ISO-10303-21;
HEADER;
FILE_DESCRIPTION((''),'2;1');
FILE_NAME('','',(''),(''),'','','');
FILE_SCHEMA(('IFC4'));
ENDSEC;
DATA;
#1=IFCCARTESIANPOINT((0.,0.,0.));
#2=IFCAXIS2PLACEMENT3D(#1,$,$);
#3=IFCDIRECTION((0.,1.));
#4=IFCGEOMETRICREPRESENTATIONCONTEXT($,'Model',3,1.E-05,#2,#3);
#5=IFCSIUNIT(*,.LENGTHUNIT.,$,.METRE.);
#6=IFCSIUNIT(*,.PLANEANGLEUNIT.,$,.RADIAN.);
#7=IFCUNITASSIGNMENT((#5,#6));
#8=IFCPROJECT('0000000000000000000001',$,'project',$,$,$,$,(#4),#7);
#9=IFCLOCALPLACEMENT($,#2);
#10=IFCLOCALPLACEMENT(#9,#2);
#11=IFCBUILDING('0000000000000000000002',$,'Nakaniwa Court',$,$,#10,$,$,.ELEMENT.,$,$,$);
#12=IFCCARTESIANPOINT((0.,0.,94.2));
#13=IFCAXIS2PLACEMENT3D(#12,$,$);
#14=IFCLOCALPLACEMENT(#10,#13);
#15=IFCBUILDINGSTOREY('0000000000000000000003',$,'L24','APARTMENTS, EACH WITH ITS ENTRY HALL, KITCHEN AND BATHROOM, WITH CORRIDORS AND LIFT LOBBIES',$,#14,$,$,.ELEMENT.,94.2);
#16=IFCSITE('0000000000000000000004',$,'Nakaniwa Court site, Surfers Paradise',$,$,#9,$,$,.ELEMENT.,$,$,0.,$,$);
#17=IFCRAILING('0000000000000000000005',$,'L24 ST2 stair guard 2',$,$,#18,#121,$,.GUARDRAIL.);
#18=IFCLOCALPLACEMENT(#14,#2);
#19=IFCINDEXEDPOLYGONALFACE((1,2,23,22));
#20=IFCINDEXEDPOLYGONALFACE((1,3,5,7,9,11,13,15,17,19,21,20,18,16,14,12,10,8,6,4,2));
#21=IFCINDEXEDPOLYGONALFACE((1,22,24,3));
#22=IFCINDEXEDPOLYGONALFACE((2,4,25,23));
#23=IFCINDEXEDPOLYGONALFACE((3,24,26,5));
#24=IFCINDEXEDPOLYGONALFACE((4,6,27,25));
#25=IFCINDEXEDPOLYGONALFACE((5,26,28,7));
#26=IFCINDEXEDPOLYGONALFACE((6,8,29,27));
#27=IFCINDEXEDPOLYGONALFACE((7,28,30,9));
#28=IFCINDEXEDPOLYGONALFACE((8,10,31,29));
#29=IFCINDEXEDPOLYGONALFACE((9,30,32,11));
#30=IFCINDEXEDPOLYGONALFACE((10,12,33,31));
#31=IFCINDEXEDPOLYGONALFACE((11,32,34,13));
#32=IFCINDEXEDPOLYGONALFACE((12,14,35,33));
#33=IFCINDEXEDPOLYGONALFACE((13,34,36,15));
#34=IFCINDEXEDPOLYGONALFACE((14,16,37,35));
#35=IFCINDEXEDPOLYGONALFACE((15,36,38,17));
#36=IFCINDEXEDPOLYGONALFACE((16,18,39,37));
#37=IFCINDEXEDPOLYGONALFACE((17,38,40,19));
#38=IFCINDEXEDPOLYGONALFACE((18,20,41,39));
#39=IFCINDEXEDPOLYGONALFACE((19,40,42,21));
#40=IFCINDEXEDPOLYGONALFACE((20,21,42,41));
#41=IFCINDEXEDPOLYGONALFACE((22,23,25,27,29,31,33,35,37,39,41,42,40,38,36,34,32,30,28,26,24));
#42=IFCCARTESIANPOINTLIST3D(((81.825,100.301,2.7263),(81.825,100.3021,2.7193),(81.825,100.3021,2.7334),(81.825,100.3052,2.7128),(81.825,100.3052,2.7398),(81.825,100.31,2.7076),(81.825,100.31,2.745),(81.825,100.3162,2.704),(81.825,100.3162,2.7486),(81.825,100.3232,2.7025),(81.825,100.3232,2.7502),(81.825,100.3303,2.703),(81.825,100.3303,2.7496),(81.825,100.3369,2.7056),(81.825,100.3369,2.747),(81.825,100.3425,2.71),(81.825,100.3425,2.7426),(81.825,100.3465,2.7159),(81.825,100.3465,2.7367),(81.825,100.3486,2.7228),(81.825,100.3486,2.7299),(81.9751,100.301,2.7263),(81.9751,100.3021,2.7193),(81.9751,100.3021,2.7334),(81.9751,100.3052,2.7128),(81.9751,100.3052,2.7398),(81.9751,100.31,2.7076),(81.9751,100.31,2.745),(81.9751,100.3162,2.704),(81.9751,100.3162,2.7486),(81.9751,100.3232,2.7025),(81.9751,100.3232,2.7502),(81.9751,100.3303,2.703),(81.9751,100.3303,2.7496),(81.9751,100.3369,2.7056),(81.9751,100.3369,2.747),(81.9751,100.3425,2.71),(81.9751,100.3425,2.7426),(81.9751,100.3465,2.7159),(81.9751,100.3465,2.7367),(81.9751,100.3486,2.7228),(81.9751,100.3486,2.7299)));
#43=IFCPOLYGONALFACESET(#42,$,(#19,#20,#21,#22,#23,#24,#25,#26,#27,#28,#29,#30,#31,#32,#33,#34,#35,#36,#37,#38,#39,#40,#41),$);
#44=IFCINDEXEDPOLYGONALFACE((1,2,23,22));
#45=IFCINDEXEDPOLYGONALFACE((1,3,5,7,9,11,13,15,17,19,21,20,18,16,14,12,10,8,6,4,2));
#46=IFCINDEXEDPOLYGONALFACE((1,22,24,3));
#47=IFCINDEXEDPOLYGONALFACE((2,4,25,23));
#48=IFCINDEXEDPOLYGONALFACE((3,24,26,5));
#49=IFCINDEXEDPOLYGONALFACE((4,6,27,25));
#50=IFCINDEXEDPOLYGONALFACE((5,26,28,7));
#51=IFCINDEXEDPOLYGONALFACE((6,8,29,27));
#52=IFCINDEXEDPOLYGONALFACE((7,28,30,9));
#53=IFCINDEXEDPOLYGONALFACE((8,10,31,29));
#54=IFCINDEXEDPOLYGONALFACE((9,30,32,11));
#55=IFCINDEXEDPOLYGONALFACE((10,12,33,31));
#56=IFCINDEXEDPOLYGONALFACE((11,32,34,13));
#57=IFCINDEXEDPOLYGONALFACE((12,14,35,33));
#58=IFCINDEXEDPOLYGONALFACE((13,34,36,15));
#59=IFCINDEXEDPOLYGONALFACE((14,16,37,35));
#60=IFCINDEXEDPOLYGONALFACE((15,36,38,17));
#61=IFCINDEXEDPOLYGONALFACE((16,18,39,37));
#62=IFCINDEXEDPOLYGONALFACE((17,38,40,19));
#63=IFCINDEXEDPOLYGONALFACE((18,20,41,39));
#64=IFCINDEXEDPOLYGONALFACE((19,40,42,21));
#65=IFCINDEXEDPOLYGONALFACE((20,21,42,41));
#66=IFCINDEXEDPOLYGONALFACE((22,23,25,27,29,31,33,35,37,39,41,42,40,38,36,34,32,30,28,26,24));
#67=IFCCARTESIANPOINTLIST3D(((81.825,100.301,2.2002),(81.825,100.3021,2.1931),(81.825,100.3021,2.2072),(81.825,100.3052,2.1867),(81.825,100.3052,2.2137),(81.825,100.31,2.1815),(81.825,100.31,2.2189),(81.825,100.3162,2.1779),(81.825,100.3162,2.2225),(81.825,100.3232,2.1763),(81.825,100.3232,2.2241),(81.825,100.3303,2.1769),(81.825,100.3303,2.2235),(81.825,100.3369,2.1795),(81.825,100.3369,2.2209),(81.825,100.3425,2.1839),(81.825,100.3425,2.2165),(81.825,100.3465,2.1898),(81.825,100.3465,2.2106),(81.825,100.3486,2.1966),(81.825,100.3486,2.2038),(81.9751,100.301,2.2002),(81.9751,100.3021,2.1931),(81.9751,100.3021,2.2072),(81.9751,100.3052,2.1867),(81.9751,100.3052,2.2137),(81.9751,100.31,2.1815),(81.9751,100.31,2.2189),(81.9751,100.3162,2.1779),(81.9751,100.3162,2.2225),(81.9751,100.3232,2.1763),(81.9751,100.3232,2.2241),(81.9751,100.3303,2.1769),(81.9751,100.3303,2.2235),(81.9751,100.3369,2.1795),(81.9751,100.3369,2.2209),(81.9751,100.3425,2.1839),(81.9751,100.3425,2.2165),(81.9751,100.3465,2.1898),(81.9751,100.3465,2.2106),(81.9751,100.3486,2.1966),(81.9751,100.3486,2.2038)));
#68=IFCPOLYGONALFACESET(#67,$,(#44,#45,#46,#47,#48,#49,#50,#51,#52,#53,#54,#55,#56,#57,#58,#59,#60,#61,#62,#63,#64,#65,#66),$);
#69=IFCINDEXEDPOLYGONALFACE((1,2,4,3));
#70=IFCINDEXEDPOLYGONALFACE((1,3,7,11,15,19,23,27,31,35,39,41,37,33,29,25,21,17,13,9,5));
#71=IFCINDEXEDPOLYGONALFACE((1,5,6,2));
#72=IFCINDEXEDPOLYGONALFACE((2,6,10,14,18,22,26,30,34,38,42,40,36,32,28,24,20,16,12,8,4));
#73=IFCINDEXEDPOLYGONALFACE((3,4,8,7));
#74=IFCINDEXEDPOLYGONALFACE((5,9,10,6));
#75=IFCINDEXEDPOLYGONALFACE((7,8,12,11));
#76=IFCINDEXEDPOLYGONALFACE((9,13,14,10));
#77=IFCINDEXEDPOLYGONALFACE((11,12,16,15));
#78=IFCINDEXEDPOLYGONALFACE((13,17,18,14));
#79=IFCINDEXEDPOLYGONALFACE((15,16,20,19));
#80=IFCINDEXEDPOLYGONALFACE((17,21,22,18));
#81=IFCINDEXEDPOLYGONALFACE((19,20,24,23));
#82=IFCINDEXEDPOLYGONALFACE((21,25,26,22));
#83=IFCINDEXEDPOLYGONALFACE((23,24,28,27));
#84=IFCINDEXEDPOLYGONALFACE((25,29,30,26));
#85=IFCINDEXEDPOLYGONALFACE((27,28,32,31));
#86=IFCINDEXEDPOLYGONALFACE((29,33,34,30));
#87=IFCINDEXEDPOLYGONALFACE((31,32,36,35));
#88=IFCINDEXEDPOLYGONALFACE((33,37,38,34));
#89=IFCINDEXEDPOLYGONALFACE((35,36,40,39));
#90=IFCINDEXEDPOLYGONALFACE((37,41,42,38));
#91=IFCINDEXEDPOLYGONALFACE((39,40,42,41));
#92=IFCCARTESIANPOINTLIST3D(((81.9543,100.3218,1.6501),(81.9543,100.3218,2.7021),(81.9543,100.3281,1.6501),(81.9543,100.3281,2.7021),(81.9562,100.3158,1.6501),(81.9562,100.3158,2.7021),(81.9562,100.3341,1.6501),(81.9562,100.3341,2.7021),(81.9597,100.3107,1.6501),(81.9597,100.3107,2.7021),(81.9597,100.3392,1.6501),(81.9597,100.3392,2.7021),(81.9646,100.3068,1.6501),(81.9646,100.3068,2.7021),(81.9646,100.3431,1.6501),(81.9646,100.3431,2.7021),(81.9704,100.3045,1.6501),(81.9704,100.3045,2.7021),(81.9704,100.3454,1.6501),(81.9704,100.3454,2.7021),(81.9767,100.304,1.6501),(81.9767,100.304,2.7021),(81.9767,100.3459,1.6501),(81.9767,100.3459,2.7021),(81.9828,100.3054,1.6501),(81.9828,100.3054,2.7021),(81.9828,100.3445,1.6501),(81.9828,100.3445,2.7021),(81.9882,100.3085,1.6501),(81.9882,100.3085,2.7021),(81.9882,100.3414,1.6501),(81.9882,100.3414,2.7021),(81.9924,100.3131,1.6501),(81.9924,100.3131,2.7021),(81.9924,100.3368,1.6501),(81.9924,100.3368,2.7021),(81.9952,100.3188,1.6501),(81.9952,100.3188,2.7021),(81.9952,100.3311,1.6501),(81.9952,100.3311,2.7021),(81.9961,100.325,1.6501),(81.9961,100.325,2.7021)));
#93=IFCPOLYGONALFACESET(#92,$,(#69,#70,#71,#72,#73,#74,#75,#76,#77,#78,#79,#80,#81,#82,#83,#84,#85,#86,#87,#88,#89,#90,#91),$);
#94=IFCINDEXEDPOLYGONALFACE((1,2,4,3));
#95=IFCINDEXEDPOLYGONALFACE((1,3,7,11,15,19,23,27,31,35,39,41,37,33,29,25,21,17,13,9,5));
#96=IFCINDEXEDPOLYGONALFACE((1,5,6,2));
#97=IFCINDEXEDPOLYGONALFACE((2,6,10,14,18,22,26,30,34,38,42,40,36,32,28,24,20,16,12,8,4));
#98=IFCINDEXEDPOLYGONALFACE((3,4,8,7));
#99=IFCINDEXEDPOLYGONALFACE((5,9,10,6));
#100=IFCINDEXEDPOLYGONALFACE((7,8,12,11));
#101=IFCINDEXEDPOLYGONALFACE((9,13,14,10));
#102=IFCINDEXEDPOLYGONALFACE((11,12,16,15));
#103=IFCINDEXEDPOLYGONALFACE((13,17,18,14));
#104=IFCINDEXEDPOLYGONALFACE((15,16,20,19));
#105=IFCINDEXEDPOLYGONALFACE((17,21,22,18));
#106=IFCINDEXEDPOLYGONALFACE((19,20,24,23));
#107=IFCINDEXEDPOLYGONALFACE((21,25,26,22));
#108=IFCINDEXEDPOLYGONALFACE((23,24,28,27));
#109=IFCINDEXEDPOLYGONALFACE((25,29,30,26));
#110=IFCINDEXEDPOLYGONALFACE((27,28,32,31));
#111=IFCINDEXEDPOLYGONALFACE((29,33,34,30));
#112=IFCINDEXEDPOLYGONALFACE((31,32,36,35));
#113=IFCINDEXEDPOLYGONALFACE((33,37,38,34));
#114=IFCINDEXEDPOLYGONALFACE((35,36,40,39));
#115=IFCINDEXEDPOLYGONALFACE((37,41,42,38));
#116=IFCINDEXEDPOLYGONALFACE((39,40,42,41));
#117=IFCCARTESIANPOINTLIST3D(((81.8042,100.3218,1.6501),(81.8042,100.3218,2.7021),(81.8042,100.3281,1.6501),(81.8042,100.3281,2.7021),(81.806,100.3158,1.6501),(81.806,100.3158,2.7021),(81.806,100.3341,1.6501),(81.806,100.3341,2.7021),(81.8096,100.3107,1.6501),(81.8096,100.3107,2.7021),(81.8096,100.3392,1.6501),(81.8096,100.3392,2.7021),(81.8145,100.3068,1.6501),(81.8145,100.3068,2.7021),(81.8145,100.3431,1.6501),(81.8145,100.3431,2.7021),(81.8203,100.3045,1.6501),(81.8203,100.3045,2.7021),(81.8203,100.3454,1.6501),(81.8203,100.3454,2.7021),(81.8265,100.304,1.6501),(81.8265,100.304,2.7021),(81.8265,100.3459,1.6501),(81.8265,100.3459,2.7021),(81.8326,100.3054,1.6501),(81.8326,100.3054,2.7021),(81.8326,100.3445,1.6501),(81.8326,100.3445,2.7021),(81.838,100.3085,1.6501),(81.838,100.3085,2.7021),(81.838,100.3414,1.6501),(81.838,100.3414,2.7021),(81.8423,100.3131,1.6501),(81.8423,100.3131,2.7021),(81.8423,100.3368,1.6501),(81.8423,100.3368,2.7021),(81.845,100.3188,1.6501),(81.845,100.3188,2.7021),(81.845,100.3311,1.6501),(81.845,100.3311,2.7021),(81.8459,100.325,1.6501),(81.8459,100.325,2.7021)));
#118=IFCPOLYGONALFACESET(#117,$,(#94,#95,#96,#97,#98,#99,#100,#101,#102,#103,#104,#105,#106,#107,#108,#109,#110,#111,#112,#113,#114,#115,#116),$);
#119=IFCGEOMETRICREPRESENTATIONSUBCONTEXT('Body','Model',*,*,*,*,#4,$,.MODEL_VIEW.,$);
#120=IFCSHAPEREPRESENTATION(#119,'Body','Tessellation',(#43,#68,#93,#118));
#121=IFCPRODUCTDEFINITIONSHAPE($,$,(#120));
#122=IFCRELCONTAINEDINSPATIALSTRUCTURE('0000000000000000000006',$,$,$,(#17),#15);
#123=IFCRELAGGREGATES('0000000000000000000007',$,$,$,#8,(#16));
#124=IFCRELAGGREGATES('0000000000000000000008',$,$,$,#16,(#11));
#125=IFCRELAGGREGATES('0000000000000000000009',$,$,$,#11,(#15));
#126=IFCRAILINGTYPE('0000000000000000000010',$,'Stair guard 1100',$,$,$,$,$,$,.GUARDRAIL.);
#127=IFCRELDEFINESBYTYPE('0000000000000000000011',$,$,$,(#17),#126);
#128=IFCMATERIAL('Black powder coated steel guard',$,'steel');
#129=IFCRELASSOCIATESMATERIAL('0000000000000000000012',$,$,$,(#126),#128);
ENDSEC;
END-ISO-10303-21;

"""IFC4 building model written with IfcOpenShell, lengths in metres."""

from ifc_helpers import new_model, si_unit, direction, frame, origin, origin_2d, place, context, subcontext, project, spatial, circle, extrude, material, type_object, element, save


model = new_model("IFC4")

# Units and contexts
model_context = context("Model", 3, precision=1e-05, world=origin(), true_north=direction((0.0, 1.0)))
body_context = subcontext(model_context, "Body", "Model", "MODEL_VIEW")
ifc_project = project(units=[si_unit("LENGTHUNIT", "METRE"), si_unit("PLANEANGLEUNIT", "RADIAN")], contexts=[model_context])

# Site, building, storey
site_placement = place(None, origin())
site = spatial("IfcSite", under=ifc_project, at=site_placement, Name="Nakaniwa Court site, Surfers Paradise", CompositionType="ELEMENT", RefElevation=0.0)
building_placement = place(site_placement, origin())
building = spatial("IfcBuilding", under=site, at=building_placement, Name="Nakaniwa Court", CompositionType="ELEMENT")
storey_placement = place(building_placement, frame((0.0, 0.0, 94.2)))
storey = spatial("IfcBuildingStorey", under=building, at=storey_placement, Name="L24", Description="APARTMENTS, EACH WITH ITS ENTRY HALL, KITCHEN AND BATHROOM, WITH CORRIDORS AND LIFT LOBBIES", CompositionType="ELEMENT", Elevation=94.2)

# Railing
ifc_material_1 = material(Name="Black powder coated steel guard", Category="steel")
railing_type_1 = type_object("IfcRailingType", Name="Stair guard 1100", PredefinedType="GUARDRAIL", material=ifc_material_1)
railing_1_placement = place(storey_placement, frame((81.9751, 100.325, 1.6501)))
element("IfcRailing", 1, at=railing_1_placement, inside=storey, type_object=railing_type_1, Name="L24 ST2 stair guard 2", PredefinedType="GUARDRAIL", context=body_context, shape_type="SweptSolid", body=[
    extrude(circle(Radius=0.0239, at=origin_2d()), frame((0.0, 0.0, 1.0762), z_axis=(-1.0, 0.0, 0.0), x_axis=(0.0, -1.0, 0.0)), (0.0, 0.0, 1.0), 0.1501),
    extrude(circle(Radius=0.0239, at=origin_2d()), frame((0.0, 0.0, 0.55), z_axis=(-1.0, 0.0, 0.0), x_axis=(0.0, -1.0, 0.0)), (0.0, 0.0, 1.0), 0.1501),
    extrude(circle(Radius=0.021, at=origin_2d()), origin(), (0.0, 0.0, 1.0), 1.052),
    extrude(circle(Radius=0.021, at=origin_2d()), frame((-0.1501, 0.0, 0.0)), (0.0, 0.0, 1.0), 1.052),
])

save(model, "model.ifc")
